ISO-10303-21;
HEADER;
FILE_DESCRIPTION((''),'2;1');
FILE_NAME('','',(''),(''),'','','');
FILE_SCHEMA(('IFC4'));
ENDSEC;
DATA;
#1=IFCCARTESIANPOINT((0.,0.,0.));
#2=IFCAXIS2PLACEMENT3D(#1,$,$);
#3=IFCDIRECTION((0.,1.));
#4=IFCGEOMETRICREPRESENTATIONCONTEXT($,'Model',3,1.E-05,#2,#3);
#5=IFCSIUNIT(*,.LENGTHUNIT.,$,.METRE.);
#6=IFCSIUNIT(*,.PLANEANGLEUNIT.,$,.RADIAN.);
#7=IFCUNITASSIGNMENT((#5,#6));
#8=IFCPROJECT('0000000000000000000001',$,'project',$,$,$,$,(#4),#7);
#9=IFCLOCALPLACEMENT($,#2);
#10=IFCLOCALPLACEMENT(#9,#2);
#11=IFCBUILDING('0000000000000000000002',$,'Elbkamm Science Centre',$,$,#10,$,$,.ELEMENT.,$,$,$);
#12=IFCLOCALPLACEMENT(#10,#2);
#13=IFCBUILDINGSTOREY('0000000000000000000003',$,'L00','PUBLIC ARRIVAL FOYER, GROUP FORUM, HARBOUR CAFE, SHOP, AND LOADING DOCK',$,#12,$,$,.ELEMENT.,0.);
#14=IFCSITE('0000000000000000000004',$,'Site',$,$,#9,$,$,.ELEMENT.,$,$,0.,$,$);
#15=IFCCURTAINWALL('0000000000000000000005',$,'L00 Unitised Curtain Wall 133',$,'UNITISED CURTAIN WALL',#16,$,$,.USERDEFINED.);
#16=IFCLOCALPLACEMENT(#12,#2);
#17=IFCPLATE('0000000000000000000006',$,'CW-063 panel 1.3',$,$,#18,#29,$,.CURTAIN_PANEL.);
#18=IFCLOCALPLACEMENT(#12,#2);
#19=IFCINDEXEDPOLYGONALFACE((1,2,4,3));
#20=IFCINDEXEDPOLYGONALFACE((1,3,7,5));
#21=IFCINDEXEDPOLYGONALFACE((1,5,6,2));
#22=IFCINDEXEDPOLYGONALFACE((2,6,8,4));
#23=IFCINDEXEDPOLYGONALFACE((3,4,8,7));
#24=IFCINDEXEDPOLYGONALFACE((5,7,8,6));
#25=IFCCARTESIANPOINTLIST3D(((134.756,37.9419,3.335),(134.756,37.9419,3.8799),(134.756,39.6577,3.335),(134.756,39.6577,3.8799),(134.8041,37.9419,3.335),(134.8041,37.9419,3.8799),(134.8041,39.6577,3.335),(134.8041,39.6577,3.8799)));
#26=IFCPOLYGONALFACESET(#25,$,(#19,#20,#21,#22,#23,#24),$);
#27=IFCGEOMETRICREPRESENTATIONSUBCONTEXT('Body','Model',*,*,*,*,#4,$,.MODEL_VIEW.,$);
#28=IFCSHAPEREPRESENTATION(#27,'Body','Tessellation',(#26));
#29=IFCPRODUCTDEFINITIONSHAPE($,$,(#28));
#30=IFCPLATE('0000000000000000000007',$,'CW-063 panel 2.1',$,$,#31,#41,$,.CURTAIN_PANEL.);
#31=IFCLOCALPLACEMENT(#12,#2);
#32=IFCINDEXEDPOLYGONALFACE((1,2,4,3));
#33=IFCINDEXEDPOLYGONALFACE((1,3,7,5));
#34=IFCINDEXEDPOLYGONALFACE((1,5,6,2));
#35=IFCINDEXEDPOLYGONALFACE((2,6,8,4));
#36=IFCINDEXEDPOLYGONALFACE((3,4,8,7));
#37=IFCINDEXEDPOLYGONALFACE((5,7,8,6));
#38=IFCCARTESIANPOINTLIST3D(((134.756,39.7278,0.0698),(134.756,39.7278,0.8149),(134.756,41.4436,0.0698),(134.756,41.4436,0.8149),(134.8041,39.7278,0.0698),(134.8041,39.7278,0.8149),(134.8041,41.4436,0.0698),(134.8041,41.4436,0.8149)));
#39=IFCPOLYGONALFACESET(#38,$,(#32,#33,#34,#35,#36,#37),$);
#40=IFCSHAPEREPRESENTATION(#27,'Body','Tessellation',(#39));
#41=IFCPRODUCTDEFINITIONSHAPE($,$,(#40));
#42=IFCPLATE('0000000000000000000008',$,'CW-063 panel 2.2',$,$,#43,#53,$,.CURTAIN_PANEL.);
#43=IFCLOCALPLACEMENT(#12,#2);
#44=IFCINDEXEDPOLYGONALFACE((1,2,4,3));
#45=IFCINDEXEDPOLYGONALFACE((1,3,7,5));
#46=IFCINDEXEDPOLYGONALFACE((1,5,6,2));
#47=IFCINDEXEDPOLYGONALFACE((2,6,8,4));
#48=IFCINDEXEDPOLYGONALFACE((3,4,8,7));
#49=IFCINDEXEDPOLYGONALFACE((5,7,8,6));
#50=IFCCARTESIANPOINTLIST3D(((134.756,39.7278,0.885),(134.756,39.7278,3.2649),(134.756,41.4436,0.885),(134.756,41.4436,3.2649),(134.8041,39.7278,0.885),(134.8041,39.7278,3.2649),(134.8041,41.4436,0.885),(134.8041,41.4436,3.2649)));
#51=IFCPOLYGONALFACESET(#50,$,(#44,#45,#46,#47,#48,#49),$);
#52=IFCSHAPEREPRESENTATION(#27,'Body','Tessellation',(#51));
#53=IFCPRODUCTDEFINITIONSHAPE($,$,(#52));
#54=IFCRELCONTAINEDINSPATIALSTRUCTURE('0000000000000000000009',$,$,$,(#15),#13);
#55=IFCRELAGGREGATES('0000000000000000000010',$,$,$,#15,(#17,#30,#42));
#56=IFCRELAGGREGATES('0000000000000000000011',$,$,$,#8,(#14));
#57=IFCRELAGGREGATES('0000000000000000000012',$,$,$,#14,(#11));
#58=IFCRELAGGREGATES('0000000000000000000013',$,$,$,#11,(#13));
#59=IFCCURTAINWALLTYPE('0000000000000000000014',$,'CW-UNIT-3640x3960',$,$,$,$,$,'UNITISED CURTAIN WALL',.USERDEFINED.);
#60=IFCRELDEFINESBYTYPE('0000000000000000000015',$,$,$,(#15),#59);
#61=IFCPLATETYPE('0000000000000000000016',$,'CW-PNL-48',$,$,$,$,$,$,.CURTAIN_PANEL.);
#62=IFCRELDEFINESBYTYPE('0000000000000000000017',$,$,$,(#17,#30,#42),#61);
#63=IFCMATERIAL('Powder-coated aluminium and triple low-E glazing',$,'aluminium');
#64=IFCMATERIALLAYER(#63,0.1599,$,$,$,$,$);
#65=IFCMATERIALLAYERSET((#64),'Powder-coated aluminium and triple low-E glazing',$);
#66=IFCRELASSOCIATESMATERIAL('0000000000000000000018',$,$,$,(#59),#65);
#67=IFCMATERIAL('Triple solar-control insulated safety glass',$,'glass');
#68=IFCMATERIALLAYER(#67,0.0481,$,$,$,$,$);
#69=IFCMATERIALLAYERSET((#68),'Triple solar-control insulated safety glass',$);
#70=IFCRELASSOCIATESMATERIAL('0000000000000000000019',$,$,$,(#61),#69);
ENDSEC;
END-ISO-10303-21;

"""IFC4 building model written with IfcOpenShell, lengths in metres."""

from ifc_helpers import new_model, si_unit, direction, frame, origin, origin_2d, place, context, subcontext, project, spatial, rectangle, extrude, material, layer, layer_set, type_object, element, aggregate, save


model = new_model("IFC4")

# Units and contexts
model_context = context("Model", 3, precision=1e-05, world=origin(), true_north=direction((0.0, 1.0)))
body_context = subcontext(model_context, "Body", "Model", "MODEL_VIEW")
ifc_project = project(units=[si_unit("LENGTHUNIT", "METRE"), si_unit("PLANEANGLEUNIT", "RADIAN")], contexts=[model_context])

# Site, building, storey
site_placement = place(None, origin())
site = spatial("IfcSite", under=ifc_project, at=site_placement, Name="Site", CompositionType="ELEMENT", RefElevation=0.0)
building_placement = place(site_placement, origin())
building = spatial("IfcBuilding", under=site, at=building_placement, Name="Elbkamm Science Centre", CompositionType="ELEMENT")
storey_placement = place(building_placement, origin())
storey = spatial("IfcBuildingStorey", under=building, at=storey_placement, Name="L00", Description="PUBLIC ARRIVAL FOYER, GROUP FORUM, HARBOUR CAFE, SHOP, AND LOADING DOCK", CompositionType="ELEMENT", Elevation=0.0)

# Shared definitions
ifc_material_1 = material(Name="Powder-coated aluminium and triple low-E glazing", Category="aluminium")
ifc_layer_1 = layer(ifc_material_1, 0.1599)
ifc_layer_set_1 = layer_set([ifc_layer_1], Name="Powder-coated aluminium and triple low-E glazing")
curtain_wall_type = type_object("IfcCurtainWallType", Name="CW-UNIT-3640x3960", ElementType="UNITISED CURTAIN WALL", PredefinedType="USERDEFINED", material=ifc_layer_set_1)

# Curtain wall
curtain_wall_1_placement = place(storey_placement, origin())
curtain_wall_1 = element("IfcCurtainWall", 1, at=curtain_wall_1_placement, inside=storey, type_object=curtain_wall_type, Name="L00 Unitised Curtain Wall 133", ObjectType="UNITISED CURTAIN WALL", PredefinedType="USERDEFINED")

# Plates
ifc_material_2 = material(Name="Triple solar-control insulated safety glass", Category="glass")
ifc_layer_2 = layer(ifc_material_2, 0.0481)
ifc_layer_set_2 = layer_set([ifc_layer_2], Name="Triple solar-control insulated safety glass")
plate_type = type_object("IfcPlateType", Name="CW-PNL-48", PredefinedType="CURTAIN_PANEL", material=ifc_layer_set_2)
plate_1_placement = place(storey_placement, frame((134.78, 38.7998, 3.335), z_axis=(0.0, 0.0, 1.0), x_axis=(0.0, 1.0, 0.0)))
plate_1 = element("IfcPlate", 2, at=plate_1_placement, type_object=plate_type, Name="CW-063 panel 1.3", PredefinedType="CURTAIN_PANEL", context=body_context, shape_type="SweptSolid", body=[
    extrude(rectangle(XDim=1.7158, YDim=0.0481, at=origin_2d()), origin(), (0.0, 0.0, 1.0), 0.5449),
])
plate_2_placement = place(storey_placement, frame((134.78, 40.5857, 0.0698), z_axis=(0.0, 0.0, 1.0), x_axis=(0.0, 1.0, 0.0)))
plate_2 = element("IfcPlate", 3, at=plate_2_placement, type_object=plate_type, Name="CW-063 panel 2.1", PredefinedType="CURTAIN_PANEL", context=body_context, shape_type="SweptSolid", body=[
    extrude(rectangle(XDim=1.7158, YDim=0.0481, at=origin_2d()), origin(), (0.0, 0.0, 1.0), 0.7451),
])
plate_3_placement = place(storey_placement, frame((134.78, 40.5857, 0.885), z_axis=(0.0, 0.0, 1.0), x_axis=(0.0, 1.0, 0.0)))
plate_3 = element("IfcPlate", 4, at=plate_3_placement, type_object=plate_type, Name="CW-063 panel 2.2", PredefinedType="CURTAIN_PANEL", context=body_context, shape_type="SweptSolid", body=[
    extrude(rectangle(XDim=1.7158, YDim=0.0481, at=origin_2d()), origin(), (0.0, 0.0, 1.0), 2.3799),
])
aggregate(curtain_wall_1, [plate_1, plate_2, plate_3])

save(model, "model.ifc")
